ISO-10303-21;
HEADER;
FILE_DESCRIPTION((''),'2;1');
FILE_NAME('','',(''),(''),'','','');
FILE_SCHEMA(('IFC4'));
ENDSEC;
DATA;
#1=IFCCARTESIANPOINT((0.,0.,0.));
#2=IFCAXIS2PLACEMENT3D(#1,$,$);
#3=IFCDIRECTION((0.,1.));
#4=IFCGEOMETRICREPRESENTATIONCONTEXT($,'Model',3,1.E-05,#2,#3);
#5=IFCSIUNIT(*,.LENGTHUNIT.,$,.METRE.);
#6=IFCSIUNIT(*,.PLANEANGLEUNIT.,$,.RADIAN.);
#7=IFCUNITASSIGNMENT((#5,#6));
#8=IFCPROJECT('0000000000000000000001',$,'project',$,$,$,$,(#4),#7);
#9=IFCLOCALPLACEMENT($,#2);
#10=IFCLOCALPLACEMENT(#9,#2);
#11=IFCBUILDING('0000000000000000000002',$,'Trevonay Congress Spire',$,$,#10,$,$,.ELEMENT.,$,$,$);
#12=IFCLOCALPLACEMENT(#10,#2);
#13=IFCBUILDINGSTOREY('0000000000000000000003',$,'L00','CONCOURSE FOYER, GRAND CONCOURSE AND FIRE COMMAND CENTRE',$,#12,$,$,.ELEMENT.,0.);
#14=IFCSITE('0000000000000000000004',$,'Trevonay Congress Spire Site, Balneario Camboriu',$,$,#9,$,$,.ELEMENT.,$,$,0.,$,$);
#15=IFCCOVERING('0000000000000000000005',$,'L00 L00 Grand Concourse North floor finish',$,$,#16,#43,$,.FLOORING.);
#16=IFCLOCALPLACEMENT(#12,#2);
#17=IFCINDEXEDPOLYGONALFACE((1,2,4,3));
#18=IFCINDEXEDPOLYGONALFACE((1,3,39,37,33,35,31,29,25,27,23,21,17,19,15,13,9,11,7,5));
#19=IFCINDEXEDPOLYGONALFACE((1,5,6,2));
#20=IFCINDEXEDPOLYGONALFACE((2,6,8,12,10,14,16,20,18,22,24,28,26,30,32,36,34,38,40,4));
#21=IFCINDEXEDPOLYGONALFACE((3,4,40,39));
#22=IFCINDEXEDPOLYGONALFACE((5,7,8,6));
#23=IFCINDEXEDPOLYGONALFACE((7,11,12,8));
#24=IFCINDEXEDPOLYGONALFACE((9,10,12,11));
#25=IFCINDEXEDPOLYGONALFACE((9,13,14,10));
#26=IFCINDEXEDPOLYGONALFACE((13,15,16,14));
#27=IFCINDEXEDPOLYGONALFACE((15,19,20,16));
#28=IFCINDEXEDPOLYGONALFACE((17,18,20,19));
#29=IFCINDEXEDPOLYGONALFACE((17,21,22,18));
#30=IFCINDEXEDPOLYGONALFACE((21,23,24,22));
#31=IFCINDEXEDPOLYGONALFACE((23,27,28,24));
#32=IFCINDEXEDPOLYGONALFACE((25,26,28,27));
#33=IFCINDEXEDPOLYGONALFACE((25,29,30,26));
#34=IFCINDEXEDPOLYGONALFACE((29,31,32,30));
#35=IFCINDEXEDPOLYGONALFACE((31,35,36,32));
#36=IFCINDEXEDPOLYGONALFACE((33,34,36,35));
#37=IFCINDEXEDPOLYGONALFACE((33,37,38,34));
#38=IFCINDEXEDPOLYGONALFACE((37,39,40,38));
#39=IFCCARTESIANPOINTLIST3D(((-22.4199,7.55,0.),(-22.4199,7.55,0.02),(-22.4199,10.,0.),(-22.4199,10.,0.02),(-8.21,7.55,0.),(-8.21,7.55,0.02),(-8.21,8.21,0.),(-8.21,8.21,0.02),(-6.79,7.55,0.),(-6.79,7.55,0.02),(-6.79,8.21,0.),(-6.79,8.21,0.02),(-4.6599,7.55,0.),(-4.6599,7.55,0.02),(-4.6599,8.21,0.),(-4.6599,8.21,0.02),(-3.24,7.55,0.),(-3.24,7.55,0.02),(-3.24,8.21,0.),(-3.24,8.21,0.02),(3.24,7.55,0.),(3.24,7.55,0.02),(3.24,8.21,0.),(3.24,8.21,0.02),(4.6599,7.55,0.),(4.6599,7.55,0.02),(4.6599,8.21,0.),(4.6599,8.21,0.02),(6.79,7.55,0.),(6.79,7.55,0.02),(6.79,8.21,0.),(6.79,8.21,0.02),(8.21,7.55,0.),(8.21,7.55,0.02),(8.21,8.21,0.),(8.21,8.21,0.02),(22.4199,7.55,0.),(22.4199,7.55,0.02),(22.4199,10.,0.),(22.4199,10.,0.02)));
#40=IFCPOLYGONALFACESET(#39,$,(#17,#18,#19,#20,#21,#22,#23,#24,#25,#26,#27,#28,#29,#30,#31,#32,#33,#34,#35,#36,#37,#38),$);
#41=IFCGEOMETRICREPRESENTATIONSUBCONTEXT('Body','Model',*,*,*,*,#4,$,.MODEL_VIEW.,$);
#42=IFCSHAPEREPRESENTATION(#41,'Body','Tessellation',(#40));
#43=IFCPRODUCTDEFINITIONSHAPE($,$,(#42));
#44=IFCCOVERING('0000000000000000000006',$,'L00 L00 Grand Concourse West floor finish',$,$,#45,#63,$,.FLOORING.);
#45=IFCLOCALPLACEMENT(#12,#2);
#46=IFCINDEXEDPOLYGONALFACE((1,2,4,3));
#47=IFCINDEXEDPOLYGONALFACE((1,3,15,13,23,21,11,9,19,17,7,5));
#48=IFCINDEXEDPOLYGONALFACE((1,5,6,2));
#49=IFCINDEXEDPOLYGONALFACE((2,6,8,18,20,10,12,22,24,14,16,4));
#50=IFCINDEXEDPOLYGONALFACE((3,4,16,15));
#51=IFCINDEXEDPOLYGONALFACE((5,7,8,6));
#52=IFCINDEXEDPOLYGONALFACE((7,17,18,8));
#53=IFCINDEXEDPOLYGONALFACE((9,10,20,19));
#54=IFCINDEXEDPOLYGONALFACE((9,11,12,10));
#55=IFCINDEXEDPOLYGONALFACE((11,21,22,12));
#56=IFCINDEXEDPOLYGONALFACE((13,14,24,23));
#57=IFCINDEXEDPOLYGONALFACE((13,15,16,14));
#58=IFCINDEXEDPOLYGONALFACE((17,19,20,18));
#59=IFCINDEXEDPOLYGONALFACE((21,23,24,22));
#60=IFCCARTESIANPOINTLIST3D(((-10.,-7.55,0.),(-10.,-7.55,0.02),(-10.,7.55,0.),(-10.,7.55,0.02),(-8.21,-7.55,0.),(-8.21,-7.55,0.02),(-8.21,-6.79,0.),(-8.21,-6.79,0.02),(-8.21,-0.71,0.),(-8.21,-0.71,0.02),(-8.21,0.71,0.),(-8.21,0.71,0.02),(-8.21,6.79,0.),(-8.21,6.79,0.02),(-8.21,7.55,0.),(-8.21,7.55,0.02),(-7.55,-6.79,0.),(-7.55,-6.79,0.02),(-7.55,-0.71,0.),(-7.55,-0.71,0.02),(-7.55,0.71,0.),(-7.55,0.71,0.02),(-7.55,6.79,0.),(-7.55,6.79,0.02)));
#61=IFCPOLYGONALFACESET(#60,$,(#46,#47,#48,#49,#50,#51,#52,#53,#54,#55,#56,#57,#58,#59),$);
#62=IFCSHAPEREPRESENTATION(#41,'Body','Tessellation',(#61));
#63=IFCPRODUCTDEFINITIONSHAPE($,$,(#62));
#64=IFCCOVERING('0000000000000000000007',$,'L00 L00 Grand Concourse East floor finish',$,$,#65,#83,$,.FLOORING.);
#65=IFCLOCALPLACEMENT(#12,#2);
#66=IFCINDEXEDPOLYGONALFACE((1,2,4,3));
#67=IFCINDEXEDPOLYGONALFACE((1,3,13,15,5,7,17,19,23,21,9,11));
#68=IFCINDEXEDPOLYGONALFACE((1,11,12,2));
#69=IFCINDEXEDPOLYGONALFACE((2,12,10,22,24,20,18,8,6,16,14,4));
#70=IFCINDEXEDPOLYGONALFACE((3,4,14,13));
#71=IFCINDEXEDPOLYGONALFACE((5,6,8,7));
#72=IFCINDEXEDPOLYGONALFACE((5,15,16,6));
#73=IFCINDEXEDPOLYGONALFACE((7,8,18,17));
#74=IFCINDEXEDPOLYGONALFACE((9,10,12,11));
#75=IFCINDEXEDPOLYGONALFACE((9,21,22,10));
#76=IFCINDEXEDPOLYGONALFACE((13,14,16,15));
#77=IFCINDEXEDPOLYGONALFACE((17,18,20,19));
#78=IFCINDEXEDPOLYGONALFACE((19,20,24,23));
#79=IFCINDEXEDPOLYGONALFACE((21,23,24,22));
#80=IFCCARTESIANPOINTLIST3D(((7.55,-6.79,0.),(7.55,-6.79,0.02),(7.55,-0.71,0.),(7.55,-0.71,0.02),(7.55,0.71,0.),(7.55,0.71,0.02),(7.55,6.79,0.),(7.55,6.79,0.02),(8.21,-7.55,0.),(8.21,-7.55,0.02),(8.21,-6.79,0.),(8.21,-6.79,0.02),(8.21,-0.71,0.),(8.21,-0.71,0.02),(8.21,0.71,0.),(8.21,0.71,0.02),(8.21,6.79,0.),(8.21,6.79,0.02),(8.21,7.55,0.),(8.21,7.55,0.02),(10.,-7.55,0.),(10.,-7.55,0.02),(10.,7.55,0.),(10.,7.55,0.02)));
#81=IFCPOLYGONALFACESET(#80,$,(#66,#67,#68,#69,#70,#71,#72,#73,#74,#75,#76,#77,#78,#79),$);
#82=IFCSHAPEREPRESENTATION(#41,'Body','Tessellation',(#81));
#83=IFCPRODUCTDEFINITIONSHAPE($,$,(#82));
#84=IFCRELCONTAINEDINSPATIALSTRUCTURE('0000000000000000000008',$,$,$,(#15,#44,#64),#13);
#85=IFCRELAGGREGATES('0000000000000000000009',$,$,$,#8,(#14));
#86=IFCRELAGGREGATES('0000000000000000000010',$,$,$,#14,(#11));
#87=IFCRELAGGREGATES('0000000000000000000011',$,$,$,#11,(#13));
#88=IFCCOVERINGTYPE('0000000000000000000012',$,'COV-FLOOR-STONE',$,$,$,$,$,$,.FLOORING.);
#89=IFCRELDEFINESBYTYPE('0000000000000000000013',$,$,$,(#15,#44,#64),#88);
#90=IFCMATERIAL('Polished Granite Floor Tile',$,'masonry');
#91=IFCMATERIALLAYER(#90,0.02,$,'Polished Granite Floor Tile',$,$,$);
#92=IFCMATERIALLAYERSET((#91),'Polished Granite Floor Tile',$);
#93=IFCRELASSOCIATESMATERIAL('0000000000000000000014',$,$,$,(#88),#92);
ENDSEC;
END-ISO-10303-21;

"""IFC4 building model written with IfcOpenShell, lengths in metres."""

from ifc_helpers import new_model, si_unit, direction, origin, place, context, subcontext, project, spatial, polyline, outline, extrude, material, layer, layer_set, type_object, element, save


model = new_model("IFC4")

# Units and contexts
model_context = context("Model", 3, precision=1e-05, world=origin(), true_north=direction((0.0, 1.0)))
body_context = subcontext(model_context, "Body", "Model", "MODEL_VIEW")
ifc_project = project(units=[si_unit("LENGTHUNIT", "METRE"), si_unit("PLANEANGLEUNIT", "RADIAN")], contexts=[model_context])

# Site, building, storey
site_placement = place(None, origin())
site = spatial("IfcSite", under=ifc_project, at=site_placement, Name="Trevonay Congress Spire Site, Balneario Camboriu", CompositionType="ELEMENT", RefElevation=0.0)
building_placement = place(site_placement, origin())
building = spatial("IfcBuilding", under=site, at=building_placement, Name="Trevonay Congress Spire", CompositionType="ELEMENT")
storey_placement = place(building_placement, origin())
storey = spatial("IfcBuildingStorey", under=building, at=storey_placement, Name="L00", Description="CONCOURSE FOYER, GRAND CONCOURSE AND FIRE COMMAND CENTRE", CompositionType="ELEMENT", Elevation=0.0)

# Coverings
ifc_material_1 = material(Name="Polished Granite Floor Tile", Category="masonry")
ifc_layer_1 = layer(ifc_material_1, 0.02, Name="Polished Granite Floor Tile")
ifc_layer_set_1 = layer_set([ifc_layer_1], Name="Polished Granite Floor Tile")
covering_type_1 = type_object("IfcCoveringType", Name="COV-FLOOR-STONE", PredefinedType="FLOORING", material=ifc_layer_set_1)
covering_1_placement = place(storey_placement, origin())
element("IfcCovering", 1, at=covering_1_placement, inside=storey, type_object=covering_type_1, Name="L00 L00 Grand Concourse North floor finish", PredefinedType="FLOORING", context=body_context, shape_type="SweptSolid", body=[
    extrude(outline(polyline([(-22.4199, 7.55), (-22.4199, 10.0), (22.4199, 10.0), (22.4199, 7.55), (8.21, 7.55), (8.21, 8.21), (6.79, 8.21), (6.79, 7.55), (4.6599, 7.55), (4.6599, 8.21), (3.24, 8.21), (3.24, 7.55), (-3.24, 7.55), (-3.24, 8.21), (-4.6599, 8.21), (-4.6599, 7.55), (-6.79, 7.55), (-6.79, 8.21), (-8.21, 8.21), (-8.21, 7.55), (-22.4199, 7.55)])), origin(), (0.0, 0.0, 1.0), 0.02),
])
covering_2_placement = place(storey_placement, origin())
element("IfcCovering", 2, at=covering_2_placement, inside=storey, type_object=covering_type_1, Name="L00 L00 Grand Concourse West floor finish", PredefinedType="FLOORING", context=body_context, shape_type="SweptSolid", body=[
    extrude(outline(polyline([(-10.0, 7.55), (-8.21, 7.55), (-8.21, 6.79), (-7.55, 6.79), (-7.55, 0.71), (-8.21, 0.71), (-8.21, -0.71), (-7.55, -0.71), (-7.55, -6.79), (-8.21, -6.79), (-8.21, -7.55), (-10.0, -7.55), (-10.0, 7.55)])), origin(), (0.0, 0.0, 1.0), 0.02),
])
covering_3_placement = place(storey_placement, origin())
element("IfcCovering", 3, at=covering_3_placement, inside=storey, type_object=covering_type_1, Name="L00 L00 Grand Concourse East floor finish", PredefinedType="FLOORING", context=body_context, shape_type="SweptSolid", body=[
    extrude(outline(polyline([(10.0, -7.55), (8.21, -7.55), (8.21, -6.79), (7.55, -6.79), (7.55, -0.71), (8.21, -0.71), (8.21, 0.71), (7.55, 0.71), (7.55, 6.79), (8.21, 6.79), (8.21, 7.55), (10.0, 7.55), (10.0, -7.55)])), origin(), (0.0, 0.0, 1.0), 0.02),
])

save(model, "model.ifc")
